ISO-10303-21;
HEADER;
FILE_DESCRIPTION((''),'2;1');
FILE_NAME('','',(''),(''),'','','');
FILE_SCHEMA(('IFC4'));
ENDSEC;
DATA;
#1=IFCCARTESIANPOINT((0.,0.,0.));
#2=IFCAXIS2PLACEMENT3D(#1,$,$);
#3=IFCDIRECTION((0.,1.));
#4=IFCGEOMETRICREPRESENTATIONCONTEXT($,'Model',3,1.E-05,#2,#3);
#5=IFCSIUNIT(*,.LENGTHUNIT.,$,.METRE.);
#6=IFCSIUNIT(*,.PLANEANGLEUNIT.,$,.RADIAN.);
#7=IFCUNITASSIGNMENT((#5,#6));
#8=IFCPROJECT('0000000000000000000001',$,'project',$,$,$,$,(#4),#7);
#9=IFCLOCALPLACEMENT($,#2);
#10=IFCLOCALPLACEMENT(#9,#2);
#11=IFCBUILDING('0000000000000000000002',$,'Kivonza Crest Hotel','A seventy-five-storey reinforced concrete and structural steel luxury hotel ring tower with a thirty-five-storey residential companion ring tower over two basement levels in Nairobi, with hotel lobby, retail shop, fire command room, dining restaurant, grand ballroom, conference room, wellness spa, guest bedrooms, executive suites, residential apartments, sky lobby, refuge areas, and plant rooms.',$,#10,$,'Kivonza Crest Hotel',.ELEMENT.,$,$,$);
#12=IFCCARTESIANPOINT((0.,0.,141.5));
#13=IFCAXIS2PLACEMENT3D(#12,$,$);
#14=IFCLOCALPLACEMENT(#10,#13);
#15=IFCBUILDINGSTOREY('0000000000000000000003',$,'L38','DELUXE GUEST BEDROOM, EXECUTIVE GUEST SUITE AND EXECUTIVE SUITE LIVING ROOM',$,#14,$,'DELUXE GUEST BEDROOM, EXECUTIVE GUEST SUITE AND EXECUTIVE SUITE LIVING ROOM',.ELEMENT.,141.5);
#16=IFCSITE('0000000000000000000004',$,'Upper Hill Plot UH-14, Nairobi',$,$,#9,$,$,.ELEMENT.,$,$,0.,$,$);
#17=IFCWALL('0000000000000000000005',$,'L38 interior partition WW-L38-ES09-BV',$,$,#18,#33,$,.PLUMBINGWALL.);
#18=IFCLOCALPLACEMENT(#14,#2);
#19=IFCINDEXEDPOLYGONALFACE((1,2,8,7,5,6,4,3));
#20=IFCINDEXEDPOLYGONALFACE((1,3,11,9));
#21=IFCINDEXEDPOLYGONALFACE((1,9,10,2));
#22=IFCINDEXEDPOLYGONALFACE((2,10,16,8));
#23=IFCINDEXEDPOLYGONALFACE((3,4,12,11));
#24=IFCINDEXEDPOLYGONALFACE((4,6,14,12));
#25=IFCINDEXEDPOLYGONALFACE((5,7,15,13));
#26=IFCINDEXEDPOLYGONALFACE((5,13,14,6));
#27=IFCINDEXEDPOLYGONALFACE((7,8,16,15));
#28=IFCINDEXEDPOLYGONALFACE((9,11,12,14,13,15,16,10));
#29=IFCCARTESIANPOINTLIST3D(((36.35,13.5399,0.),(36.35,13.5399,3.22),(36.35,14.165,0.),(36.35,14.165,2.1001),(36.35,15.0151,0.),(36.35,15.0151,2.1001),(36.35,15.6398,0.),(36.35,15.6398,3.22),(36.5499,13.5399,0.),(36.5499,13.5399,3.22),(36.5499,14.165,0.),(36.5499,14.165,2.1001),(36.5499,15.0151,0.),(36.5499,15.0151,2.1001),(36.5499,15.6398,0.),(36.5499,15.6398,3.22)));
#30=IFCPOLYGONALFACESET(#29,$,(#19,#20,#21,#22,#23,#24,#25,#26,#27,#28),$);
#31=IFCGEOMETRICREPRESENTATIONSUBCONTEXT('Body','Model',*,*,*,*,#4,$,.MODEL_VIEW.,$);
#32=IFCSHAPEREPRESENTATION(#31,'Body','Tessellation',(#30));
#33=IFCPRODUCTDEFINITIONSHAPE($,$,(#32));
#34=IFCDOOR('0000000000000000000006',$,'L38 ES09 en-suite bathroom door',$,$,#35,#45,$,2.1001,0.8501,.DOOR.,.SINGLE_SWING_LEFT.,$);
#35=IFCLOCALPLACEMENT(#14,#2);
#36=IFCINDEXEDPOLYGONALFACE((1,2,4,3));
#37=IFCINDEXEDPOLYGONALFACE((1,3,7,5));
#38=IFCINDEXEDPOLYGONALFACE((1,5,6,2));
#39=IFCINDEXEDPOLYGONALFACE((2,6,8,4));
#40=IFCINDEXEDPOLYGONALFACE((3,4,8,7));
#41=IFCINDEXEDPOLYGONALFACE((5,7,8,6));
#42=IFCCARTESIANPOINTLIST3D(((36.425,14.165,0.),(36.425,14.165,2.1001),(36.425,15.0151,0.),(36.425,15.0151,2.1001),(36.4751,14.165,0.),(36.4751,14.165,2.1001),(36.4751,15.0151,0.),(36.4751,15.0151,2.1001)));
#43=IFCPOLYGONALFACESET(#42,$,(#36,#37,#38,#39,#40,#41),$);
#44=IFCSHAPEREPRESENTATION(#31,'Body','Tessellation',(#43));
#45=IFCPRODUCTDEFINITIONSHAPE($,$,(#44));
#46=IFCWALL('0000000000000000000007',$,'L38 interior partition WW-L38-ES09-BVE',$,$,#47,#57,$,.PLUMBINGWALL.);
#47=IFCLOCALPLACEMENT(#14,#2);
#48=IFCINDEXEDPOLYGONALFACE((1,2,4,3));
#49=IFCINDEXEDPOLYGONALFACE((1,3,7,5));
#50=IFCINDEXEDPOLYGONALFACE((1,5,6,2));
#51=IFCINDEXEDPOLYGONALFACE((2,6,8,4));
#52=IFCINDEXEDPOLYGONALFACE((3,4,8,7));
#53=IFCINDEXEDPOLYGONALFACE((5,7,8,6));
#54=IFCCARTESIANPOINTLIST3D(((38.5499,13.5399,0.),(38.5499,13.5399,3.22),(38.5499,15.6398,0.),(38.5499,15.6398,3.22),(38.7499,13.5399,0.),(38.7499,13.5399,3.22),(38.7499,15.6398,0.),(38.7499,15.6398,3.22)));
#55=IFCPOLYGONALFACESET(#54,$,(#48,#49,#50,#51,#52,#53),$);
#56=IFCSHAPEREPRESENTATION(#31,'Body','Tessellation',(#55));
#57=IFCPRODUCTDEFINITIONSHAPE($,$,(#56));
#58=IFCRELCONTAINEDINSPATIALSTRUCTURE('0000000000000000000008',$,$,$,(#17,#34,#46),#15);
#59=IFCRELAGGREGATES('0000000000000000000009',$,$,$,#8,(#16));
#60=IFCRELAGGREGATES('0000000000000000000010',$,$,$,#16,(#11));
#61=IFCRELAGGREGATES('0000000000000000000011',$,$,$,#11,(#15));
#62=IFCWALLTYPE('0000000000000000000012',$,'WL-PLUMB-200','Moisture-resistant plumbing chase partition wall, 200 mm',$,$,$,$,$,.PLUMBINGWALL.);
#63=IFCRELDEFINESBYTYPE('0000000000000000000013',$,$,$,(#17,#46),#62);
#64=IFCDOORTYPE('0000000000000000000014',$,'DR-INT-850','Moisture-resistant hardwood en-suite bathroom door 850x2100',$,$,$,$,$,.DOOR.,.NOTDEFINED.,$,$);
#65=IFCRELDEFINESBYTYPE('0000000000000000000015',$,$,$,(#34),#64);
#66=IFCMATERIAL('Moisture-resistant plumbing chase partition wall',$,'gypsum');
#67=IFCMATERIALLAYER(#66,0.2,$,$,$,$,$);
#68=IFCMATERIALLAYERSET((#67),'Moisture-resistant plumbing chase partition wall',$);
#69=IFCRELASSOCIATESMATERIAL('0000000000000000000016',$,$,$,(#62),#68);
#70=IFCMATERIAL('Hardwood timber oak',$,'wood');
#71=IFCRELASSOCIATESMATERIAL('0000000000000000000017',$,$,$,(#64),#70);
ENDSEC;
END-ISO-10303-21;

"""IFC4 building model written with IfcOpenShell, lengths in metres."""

from ifc_helpers import new_model, si_unit, direction, frame, frame_2d, origin, place, context, subcontext, project, spatial, rectangle, extrude, material, layer, layer_set, type_object, element, fill, save


model = new_model("IFC4")

# Units and contexts
model_context = context("Model", 3, precision=1e-05, world=origin(), true_north=direction((0.0, 1.0)))
body_context = subcontext(model_context, "Body", "Model", "MODEL_VIEW")
ifc_project = project(units=[si_unit("LENGTHUNIT", "METRE"), si_unit("PLANEANGLEUNIT", "RADIAN")], contexts=[model_context])

# Site, building, storey
site_placement = place(None, origin())
site = spatial("IfcSite", under=ifc_project, at=site_placement, Name="Upper Hill Plot UH-14, Nairobi", CompositionType="ELEMENT", RefElevation=0.0)
building_placement = place(site_placement, origin())
building = spatial("IfcBuilding", under=site, at=building_placement, Name="Kivonza Crest Hotel", Description="A seventy-five-storey reinforced concrete and structural steel luxury hotel ring tower with a thirty-five-storey residential companion ring tower over two basement levels in Nairobi, with hotel lobby, retail shop, fire command room, dining restaurant, grand ballroom, conference room, wellness spa, guest bedrooms, executive suites, residential apartments, sky lobby, refuge areas, and plant rooms.", LongName="Kivonza Crest Hotel", CompositionType="ELEMENT")
storey_placement = place(building_placement, frame((0.0, 0.0, 141.5)))
storey = spatial("IfcBuildingStorey", under=building, at=storey_placement, Name="L38", Description="DELUXE GUEST BEDROOM, EXECUTIVE GUEST SUITE AND EXECUTIVE SUITE LIVING ROOM", LongName="DELUXE GUEST BEDROOM, EXECUTIVE GUEST SUITE AND EXECUTIVE SUITE LIVING ROOM", CompositionType="ELEMENT", Elevation=141.5)

# Shared definitions
ifc_material_1 = material(Name="Hardwood timber oak", Category="wood")

# Wall, opening, door
ifc_material_2 = material(Name="Moisture-resistant plumbing chase partition wall", Category="gypsum")
ifc_layer_1 = layer(ifc_material_2, 0.2)
ifc_layer_set_1 = layer_set([ifc_layer_1], Name="Moisture-resistant plumbing chase partition wall")
wall_type_1 = type_object("IfcWallType", Name="WL-PLUMB-200", Description="Moisture-resistant plumbing chase partition wall, 200 mm", PredefinedType="PLUMBINGWALL", material=ifc_layer_set_1)
wall_1_placement = place(storey_placement, frame((36.45, 13.54, 0.0), z_axis=(0.0, 0.0, 1.0), x_axis=(0.0, 1.0, 0.0)))
wall_1 = element("IfcWall", 1, at=wall_1_placement, inside=storey, type_object=wall_type_1, Name="L38 interior partition WW-L38-ES09-BV", PredefinedType="PLUMBINGWALL", context=body_context, shape_type="SweptSolid", body=[
    extrude(rectangle(XDim=2.0999, YDim=0.2, at=frame_2d((1.0498, 0.0))), origin(), (0.0, 0.0, 1.0), 3.22),
])
opening_1_placement = place(wall_1_placement, frame((0.625, 0.0, 0.0)))
opening_1 = element("IfcOpeningElement", 2, at=opening_1_placement, cuts=wall_1, PredefinedType="OPENING", context=body_context, shape_type="SweptSolid", body=[
    extrude(rectangle(XDim=0.8501, YDim=2.1001, at=frame_2d((0.425, 1.05))), frame((0.0, 0.1099, 0.0), z_axis=(0.0, -1.0, 0.0), x_axis=(1.0, 0.0, 0.0)), (0.0, 0.0, 1.0), 0.22),
])
door_type_1 = type_object("IfcDoorType", Name="DR-INT-850", Description="Moisture-resistant hardwood en-suite bathroom door 850x2100", OperationType="NOTDEFINED", PredefinedType="DOOR", material=ifc_material_1)
door_1_placement = place(opening_1_placement, origin())
door_1 = element("IfcDoor", 3, at=door_1_placement, inside=storey, type_object=door_type_1, Name="L38 ES09 en-suite bathroom door", OperationType="SINGLE_SWING_LEFT", OverallHeight=2.1001, OverallWidth=0.8501, PredefinedType="DOOR", context=body_context, shape_type="SweptSolid", body=[
    extrude(rectangle(XDim=0.8501, YDim=2.1001, at=frame_2d((0.425, 1.05))), frame((0.0, 0.0249, 0.0), z_axis=(0.0, -1.0, 0.0), x_axis=(1.0, 0.0, 0.0)), (0.0, 0.0, 1.0), 0.05),
])
fill(opening_1, door_1)

# Wall
wall_2_placement = place(storey_placement, frame((38.6499, 13.54, 0.0), z_axis=(0.0, 0.0, 1.0), x_axis=(0.0, 1.0, 0.0)))
element("IfcWall", 4, at=wall_2_placement, inside=storey, type_object=wall_type_1, Name="L38 interior partition WW-L38-ES09-BVE", PredefinedType="PLUMBINGWALL", context=body_context, shape_type="SweptSolid", body=[
    extrude(rectangle(XDim=2.0999, YDim=0.2, at=frame_2d((1.0498, 0.0))), origin(), (0.0, 0.0, 1.0), 3.22),
])

save(model, "model.ifc")
